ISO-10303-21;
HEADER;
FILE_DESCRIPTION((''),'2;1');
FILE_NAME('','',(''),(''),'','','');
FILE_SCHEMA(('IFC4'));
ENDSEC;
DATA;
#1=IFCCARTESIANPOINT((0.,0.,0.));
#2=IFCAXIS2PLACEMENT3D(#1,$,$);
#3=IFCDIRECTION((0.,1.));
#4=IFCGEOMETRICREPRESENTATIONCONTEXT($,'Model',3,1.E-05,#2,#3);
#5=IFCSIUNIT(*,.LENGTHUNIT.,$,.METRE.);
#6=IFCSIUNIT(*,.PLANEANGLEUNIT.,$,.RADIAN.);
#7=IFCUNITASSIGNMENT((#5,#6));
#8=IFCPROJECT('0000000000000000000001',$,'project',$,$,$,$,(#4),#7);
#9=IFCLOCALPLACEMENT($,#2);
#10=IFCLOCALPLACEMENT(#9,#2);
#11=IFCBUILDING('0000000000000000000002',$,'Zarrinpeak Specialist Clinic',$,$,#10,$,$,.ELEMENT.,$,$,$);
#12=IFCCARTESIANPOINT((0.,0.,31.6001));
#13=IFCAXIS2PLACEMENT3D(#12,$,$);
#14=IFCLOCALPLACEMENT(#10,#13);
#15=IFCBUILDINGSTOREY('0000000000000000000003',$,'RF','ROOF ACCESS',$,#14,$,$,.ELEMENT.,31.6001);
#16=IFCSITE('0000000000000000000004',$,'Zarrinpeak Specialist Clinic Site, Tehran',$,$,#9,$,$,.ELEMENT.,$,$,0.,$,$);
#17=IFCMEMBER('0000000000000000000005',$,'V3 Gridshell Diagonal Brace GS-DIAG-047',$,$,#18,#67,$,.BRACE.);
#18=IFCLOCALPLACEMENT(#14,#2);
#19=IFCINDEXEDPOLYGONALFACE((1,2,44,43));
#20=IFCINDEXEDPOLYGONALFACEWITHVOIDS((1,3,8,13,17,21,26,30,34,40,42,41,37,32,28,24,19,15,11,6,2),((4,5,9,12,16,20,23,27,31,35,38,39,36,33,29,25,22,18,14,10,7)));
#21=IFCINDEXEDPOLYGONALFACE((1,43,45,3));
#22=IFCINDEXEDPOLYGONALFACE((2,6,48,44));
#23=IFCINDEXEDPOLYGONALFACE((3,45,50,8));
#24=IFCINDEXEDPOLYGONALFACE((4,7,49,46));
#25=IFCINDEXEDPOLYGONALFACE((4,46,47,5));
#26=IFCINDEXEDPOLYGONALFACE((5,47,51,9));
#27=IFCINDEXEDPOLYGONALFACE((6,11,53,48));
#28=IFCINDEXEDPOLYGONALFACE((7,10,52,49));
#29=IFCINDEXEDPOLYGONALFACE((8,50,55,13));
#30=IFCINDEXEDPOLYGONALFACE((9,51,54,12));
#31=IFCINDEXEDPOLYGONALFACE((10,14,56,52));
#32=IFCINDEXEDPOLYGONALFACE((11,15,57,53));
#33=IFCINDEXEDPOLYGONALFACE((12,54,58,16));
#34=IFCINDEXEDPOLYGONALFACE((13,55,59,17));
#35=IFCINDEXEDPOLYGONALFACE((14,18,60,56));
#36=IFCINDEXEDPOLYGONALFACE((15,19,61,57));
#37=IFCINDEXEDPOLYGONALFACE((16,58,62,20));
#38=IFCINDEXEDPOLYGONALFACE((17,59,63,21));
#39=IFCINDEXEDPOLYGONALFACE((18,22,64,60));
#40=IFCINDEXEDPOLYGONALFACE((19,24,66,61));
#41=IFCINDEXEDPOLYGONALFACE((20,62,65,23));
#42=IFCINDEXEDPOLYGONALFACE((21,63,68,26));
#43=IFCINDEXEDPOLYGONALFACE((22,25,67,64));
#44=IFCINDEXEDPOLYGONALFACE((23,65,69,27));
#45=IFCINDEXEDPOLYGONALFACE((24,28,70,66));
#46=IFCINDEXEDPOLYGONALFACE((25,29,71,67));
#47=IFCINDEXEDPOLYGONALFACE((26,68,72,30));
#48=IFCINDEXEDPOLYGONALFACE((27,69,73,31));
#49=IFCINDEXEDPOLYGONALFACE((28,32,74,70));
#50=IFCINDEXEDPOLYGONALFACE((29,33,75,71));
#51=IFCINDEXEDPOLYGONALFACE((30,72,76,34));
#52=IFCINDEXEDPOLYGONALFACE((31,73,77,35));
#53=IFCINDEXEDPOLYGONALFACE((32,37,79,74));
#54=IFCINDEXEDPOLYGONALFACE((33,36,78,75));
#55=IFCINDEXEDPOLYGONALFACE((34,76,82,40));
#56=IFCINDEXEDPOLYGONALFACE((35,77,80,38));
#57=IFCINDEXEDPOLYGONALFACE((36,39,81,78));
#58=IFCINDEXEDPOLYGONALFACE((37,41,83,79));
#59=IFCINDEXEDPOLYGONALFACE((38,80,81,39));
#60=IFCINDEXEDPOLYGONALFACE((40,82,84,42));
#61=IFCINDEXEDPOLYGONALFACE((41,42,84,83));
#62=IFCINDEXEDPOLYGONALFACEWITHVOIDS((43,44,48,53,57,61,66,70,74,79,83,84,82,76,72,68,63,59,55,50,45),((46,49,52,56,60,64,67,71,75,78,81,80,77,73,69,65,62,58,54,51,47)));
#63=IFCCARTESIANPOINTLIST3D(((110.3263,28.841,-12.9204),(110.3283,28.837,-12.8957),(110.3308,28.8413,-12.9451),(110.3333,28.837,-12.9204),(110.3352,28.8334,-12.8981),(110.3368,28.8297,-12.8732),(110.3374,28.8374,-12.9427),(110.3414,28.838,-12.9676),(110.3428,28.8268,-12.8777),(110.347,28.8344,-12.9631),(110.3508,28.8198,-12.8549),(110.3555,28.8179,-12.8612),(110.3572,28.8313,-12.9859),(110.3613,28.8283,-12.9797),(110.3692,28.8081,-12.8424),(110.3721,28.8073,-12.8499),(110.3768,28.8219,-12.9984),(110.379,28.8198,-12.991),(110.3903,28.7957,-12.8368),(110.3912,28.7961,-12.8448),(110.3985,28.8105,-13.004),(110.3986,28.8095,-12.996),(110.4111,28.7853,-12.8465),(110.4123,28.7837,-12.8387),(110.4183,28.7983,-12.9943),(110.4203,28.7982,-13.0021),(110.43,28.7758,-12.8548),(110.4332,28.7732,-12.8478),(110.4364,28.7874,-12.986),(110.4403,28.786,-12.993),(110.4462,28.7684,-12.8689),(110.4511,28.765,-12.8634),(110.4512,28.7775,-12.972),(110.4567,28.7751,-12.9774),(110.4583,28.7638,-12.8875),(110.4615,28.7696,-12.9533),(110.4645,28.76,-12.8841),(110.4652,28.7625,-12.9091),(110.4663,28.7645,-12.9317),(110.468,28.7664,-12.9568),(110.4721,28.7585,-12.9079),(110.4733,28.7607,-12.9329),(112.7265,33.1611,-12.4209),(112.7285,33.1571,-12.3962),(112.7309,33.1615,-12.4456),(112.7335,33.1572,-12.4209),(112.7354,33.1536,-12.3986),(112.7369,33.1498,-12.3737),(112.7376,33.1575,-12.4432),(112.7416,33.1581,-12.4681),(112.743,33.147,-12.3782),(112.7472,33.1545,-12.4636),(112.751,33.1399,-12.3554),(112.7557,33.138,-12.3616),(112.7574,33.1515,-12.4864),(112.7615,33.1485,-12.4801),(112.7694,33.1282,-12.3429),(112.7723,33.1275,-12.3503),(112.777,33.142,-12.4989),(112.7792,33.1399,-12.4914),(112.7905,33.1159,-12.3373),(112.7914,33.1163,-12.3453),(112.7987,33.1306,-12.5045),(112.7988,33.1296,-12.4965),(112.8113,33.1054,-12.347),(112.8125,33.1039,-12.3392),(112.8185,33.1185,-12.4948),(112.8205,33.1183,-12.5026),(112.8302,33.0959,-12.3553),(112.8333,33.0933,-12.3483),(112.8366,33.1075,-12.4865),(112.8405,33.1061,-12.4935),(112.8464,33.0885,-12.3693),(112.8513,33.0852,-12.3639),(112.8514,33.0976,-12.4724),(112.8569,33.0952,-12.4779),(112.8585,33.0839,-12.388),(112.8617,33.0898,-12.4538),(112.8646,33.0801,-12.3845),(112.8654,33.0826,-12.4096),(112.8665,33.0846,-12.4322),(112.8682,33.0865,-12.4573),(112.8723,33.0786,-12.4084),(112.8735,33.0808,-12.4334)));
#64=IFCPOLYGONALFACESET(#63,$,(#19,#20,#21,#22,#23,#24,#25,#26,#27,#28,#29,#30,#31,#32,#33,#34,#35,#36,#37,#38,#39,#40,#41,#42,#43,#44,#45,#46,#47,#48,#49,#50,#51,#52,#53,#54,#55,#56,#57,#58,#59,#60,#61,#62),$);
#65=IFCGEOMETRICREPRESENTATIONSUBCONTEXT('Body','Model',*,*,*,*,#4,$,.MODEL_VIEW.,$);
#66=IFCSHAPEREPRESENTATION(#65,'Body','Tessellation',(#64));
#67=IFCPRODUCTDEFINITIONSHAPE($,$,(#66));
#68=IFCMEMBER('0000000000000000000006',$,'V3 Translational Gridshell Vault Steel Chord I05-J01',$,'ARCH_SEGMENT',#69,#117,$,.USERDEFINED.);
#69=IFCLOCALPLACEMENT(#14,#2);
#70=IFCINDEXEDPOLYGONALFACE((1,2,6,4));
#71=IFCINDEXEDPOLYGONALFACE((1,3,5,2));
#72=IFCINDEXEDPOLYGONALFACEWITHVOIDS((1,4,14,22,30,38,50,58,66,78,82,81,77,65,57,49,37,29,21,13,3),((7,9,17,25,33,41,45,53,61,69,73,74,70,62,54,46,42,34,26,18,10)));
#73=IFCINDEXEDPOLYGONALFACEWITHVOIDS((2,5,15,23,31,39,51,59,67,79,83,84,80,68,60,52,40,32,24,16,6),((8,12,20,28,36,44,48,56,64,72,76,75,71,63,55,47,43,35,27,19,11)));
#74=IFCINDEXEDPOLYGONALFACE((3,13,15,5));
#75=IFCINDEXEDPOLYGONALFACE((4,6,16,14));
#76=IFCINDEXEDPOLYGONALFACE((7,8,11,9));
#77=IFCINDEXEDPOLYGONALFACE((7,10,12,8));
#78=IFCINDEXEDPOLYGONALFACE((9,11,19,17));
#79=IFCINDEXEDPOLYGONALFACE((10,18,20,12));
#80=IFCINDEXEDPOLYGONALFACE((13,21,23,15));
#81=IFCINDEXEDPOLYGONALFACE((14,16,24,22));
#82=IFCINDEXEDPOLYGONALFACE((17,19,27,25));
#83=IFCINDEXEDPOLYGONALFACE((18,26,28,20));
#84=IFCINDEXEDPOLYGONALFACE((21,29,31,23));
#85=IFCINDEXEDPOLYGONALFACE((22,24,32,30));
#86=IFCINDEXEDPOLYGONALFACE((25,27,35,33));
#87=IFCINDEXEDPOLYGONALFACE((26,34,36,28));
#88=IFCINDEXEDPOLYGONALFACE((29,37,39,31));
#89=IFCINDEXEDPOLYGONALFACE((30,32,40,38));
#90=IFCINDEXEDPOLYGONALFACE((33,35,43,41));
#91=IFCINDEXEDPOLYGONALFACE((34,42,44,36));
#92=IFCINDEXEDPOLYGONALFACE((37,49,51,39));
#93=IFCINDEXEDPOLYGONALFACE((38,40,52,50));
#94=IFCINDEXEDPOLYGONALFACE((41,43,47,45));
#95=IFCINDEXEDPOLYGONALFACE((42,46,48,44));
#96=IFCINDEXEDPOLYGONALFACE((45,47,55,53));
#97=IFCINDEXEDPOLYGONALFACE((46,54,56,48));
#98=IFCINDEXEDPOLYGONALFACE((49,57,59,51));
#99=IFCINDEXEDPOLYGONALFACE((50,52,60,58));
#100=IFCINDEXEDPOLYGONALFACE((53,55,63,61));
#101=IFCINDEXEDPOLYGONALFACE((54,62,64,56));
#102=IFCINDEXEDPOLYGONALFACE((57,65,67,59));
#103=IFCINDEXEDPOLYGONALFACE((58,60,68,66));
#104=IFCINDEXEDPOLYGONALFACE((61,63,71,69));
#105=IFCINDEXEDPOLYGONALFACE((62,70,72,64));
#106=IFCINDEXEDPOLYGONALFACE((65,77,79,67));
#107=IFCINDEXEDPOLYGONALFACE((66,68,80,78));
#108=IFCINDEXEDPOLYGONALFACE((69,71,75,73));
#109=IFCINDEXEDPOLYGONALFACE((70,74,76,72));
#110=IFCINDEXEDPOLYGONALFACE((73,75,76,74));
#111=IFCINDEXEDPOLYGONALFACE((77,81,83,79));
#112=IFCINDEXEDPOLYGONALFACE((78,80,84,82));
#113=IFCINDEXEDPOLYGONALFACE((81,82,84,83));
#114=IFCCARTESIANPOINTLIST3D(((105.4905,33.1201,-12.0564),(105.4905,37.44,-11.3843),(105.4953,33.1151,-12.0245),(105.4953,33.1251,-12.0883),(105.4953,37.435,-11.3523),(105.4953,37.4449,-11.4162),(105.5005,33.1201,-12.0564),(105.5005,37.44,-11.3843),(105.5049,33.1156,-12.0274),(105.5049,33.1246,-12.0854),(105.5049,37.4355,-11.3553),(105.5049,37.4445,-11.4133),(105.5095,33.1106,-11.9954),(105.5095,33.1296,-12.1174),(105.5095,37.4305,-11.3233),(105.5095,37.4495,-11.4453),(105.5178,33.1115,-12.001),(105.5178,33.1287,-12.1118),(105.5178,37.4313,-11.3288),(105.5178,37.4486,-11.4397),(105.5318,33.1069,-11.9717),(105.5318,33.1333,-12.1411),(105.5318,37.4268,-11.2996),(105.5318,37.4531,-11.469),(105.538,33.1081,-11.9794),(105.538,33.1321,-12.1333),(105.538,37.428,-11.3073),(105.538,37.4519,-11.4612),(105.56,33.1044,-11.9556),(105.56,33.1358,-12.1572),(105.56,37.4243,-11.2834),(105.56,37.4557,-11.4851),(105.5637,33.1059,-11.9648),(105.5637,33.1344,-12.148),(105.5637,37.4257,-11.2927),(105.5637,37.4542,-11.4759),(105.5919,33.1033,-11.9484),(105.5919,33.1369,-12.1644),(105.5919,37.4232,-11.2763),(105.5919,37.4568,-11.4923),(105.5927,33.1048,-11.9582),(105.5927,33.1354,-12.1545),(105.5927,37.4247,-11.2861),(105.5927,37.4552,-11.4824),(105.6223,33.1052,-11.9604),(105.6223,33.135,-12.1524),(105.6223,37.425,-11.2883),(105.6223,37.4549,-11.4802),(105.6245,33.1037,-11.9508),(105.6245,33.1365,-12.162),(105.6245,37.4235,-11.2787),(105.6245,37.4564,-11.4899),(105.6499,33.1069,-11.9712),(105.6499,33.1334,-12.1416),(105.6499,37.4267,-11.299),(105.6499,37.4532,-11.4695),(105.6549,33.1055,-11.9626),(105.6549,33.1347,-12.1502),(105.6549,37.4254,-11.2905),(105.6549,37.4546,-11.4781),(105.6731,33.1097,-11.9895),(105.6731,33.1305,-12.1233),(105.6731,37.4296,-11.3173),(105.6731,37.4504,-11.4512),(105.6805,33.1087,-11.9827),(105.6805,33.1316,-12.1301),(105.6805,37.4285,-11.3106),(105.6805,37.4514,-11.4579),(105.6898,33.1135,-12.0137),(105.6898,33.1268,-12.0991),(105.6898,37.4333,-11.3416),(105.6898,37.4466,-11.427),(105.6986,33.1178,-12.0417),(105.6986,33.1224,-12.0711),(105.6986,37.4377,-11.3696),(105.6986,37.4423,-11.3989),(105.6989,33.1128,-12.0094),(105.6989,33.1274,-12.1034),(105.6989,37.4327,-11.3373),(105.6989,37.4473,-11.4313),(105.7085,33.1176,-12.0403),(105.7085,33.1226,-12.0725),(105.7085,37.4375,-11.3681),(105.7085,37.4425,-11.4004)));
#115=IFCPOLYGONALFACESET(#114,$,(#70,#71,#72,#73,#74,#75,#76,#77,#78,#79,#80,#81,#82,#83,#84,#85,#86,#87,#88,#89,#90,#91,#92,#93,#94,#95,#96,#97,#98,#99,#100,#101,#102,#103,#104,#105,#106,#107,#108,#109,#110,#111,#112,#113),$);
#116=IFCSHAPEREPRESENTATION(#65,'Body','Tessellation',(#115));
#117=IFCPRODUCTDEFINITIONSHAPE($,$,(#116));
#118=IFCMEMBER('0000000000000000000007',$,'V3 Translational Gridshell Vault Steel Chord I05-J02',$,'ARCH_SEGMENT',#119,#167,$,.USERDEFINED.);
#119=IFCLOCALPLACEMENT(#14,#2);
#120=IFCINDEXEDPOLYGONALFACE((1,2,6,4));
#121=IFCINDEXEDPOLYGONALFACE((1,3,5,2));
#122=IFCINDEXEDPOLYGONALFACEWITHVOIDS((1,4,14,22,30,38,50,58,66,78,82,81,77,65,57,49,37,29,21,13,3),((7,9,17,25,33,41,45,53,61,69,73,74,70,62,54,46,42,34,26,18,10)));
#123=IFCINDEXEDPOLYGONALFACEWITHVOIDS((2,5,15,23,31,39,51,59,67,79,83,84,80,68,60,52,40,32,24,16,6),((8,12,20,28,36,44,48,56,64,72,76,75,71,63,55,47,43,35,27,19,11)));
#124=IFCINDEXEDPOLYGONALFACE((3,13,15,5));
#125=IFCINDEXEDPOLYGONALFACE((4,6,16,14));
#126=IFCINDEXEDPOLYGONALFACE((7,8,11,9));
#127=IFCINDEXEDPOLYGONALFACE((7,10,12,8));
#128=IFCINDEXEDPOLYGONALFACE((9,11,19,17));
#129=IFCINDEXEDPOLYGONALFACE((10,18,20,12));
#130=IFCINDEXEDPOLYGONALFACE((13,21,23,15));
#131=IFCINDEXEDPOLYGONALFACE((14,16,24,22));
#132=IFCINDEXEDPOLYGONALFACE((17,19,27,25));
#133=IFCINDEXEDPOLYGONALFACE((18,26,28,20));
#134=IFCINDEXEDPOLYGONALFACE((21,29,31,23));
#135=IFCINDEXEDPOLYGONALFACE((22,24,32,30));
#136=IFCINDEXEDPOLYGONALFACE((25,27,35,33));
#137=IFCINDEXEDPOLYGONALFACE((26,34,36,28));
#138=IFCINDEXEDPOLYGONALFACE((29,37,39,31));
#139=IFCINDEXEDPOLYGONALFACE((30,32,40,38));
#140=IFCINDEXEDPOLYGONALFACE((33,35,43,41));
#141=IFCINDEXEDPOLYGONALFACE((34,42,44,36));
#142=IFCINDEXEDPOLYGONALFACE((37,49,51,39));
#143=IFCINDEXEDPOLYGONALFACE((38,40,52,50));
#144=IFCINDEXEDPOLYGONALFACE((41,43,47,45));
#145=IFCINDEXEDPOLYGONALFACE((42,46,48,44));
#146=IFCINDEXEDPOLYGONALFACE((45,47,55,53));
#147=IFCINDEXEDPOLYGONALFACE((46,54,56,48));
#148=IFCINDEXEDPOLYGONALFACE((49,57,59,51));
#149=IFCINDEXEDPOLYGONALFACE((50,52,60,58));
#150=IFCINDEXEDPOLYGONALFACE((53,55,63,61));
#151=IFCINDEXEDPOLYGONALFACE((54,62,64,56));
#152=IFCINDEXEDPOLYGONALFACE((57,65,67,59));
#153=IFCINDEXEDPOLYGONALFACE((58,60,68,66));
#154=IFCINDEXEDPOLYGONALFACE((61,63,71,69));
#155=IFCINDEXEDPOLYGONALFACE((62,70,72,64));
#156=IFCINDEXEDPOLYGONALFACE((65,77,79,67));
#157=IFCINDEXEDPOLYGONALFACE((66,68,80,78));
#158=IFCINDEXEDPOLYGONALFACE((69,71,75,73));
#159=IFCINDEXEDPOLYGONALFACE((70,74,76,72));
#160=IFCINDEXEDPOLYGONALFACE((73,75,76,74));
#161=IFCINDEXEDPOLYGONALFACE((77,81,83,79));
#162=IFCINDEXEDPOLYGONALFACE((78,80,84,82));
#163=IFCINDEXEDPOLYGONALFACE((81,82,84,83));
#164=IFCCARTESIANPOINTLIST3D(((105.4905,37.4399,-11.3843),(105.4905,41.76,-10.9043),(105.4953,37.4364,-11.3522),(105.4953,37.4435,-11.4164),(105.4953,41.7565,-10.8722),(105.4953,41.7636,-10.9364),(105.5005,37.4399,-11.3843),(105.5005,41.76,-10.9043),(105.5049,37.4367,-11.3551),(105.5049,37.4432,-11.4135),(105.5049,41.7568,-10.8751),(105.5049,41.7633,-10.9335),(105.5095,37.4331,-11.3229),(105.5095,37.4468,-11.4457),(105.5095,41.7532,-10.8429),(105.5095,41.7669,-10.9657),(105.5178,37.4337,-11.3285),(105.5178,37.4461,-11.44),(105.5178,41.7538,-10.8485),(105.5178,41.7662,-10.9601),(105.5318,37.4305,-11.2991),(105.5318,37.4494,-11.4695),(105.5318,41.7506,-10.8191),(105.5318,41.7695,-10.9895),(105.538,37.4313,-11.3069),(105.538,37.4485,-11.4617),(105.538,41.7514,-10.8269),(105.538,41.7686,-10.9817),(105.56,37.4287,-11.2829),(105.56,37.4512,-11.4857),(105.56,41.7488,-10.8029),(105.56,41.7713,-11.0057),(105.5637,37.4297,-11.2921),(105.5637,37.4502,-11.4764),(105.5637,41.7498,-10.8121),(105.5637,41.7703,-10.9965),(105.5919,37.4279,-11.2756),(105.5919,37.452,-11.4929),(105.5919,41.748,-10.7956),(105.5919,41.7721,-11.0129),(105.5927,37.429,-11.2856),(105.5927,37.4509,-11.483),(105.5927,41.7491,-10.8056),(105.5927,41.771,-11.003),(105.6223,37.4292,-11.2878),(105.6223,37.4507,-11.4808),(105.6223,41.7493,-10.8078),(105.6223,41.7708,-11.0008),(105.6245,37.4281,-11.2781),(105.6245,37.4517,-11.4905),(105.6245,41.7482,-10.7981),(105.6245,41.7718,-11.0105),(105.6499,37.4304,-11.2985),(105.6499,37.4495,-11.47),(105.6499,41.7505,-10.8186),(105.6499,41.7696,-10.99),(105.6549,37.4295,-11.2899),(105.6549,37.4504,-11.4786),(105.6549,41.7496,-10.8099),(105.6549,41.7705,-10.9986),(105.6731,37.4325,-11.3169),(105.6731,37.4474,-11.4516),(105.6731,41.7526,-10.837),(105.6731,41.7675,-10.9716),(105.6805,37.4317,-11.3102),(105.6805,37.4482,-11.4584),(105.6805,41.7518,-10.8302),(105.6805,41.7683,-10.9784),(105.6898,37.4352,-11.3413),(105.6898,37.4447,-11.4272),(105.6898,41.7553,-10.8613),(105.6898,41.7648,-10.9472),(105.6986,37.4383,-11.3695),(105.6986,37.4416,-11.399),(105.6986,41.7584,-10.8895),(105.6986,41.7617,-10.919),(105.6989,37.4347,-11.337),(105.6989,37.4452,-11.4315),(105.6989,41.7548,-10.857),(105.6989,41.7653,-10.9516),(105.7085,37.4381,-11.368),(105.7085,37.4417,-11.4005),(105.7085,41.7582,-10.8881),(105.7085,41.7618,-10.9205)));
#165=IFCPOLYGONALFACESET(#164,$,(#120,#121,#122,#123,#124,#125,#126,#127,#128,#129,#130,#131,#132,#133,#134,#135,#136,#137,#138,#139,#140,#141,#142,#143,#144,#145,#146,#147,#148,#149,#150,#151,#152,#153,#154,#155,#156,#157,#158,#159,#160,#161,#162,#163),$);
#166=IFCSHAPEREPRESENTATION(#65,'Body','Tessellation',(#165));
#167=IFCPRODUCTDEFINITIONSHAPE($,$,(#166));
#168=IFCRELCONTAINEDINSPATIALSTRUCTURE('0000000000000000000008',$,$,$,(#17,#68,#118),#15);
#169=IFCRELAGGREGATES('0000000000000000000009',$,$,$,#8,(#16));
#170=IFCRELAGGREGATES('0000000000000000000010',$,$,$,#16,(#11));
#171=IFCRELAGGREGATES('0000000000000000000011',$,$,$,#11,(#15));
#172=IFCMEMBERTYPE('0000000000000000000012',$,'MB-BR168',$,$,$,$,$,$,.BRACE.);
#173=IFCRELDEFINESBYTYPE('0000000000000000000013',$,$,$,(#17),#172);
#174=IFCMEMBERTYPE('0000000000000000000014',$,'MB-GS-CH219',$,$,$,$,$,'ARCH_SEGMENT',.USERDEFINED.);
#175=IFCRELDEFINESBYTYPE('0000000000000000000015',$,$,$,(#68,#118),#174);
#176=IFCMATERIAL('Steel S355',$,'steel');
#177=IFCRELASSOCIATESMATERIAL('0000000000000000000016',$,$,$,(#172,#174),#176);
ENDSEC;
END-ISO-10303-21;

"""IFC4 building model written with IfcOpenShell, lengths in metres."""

from ifc_helpers import new_model, si_unit, direction, frame, origin, origin_2d, place, context, subcontext, project, spatial, hollow_circle, extrude, material, material_profile, profile_set, type_object, element, save


model = new_model("IFC4")

# Units and contexts
model_context = context("Model", 3, precision=1e-05, world=origin(), true_north=direction((0.0, 1.0)))
body_context = subcontext(model_context, "Body", "Model", "MODEL_VIEW")
ifc_project = project(units=[si_unit("LENGTHUNIT", "METRE"), si_unit("PLANEANGLEUNIT", "RADIAN")], contexts=[model_context])

# Site, building, storey
site_placement = place(None, origin())
site = spatial("IfcSite", under=ifc_project, at=site_placement, Name="Zarrinpeak Specialist Clinic Site, Tehran", CompositionType="ELEMENT", RefElevation=0.0)
building_placement = place(site_placement, origin())
building = spatial("IfcBuilding", under=site, at=building_placement, Name="Zarrinpeak Specialist Clinic", CompositionType="ELEMENT")
storey_placement = place(building_placement, frame((0.0, 0.0, 31.6001)))
storey = spatial("IfcBuildingStorey", under=building, at=storey_placement, Name="RF", Description="ROOF ACCESS", CompositionType="ELEMENT", Elevation=31.6001)

# Members
ifc_material_1 = material(Name="Steel S355", Category="steel")
ifc_material_profile_1 = material_profile(ifc_material_1, hollow_circle(Radius=0.0842, WallThickness=0.0081, at=origin_2d()), Name="CHS 168.3x8.0")
ifc_profile_set_1 = profile_set([ifc_material_profile_1], Name="Steel S355")
member_type_1 = type_object("IfcMemberType", Name="MB-BR168", PredefinedType="BRACE", material=ifc_profile_set_1)
member_1_placement = place(storey_placement, frame((110.3999, 28.8, -12.9204), z_axis=(0.483198, 0.869717, 0.100562), x_axis=(-0.874148, 0.48566, 0.0)))
element("IfcMember", 1, at=member_1_placement, inside=storey, type_object=member_type_1, Name="V3 Gridshell Diagonal Brace GS-DIAG-047", PredefinedType="BRACE", context=body_context, shape_type="SweptSolid", body=[
    extrude(hollow_circle(Radius=0.0842, WallThickness=0.0081, at=origin_2d()), origin(), (0.0, 0.0, 1.0), 4.9673),
])
ifc_material_profile_2 = material_profile(ifc_material_1, hollow_circle(Radius=0.1096, WallThickness=0.01, at=origin_2d()), Name="CHS 219.1x10.0")
ifc_profile_set_2 = profile_set([ifc_material_profile_2], Name="Steel S355")
member_type_2 = type_object("IfcMemberType", Name="MB-GS-CH219", ElementType="ARCH_SEGMENT", PredefinedType="USERDEFINED", material=ifc_profile_set_2)
member_2_placement = place(storey_placement, frame((105.6001, 33.1201, -12.0564), z_axis=(0.0, 0.988111, 0.15374), x_axis=(-1.0, 0.0, 0.0)))
element("IfcMember", 2, at=member_2_placement, inside=storey, type_object=member_type_2, Name="V3 Translational Gridshell Vault Steel Chord I05-J01", ObjectType="ARCH_SEGMENT", PredefinedType="USERDEFINED", context=body_context, shape_type="SweptSolid", body=[
    extrude(hollow_circle(Radius=0.1096, WallThickness=0.01, at=origin_2d()), origin(), (0.0, 0.0, 1.0), 4.3718),
])
member_3_placement = place(storey_placement, frame((105.6001, 37.4399, -11.3843), z_axis=(0.0, 0.993884, 0.110425), x_axis=(-1.0, 0.0, 0.0)))
element("IfcMember", 3, at=member_3_placement, inside=storey, type_object=member_type_2, Name="V3 Translational Gridshell Vault Steel Chord I05-J02", ObjectType="ARCH_SEGMENT", PredefinedType="USERDEFINED", context=body_context, shape_type="SweptSolid", body=[
    extrude(hollow_circle(Radius=0.1096, WallThickness=0.01, at=origin_2d()), origin(), (0.0, 0.0, 1.0), 4.3467),
])

save(model, "model.ifc")
